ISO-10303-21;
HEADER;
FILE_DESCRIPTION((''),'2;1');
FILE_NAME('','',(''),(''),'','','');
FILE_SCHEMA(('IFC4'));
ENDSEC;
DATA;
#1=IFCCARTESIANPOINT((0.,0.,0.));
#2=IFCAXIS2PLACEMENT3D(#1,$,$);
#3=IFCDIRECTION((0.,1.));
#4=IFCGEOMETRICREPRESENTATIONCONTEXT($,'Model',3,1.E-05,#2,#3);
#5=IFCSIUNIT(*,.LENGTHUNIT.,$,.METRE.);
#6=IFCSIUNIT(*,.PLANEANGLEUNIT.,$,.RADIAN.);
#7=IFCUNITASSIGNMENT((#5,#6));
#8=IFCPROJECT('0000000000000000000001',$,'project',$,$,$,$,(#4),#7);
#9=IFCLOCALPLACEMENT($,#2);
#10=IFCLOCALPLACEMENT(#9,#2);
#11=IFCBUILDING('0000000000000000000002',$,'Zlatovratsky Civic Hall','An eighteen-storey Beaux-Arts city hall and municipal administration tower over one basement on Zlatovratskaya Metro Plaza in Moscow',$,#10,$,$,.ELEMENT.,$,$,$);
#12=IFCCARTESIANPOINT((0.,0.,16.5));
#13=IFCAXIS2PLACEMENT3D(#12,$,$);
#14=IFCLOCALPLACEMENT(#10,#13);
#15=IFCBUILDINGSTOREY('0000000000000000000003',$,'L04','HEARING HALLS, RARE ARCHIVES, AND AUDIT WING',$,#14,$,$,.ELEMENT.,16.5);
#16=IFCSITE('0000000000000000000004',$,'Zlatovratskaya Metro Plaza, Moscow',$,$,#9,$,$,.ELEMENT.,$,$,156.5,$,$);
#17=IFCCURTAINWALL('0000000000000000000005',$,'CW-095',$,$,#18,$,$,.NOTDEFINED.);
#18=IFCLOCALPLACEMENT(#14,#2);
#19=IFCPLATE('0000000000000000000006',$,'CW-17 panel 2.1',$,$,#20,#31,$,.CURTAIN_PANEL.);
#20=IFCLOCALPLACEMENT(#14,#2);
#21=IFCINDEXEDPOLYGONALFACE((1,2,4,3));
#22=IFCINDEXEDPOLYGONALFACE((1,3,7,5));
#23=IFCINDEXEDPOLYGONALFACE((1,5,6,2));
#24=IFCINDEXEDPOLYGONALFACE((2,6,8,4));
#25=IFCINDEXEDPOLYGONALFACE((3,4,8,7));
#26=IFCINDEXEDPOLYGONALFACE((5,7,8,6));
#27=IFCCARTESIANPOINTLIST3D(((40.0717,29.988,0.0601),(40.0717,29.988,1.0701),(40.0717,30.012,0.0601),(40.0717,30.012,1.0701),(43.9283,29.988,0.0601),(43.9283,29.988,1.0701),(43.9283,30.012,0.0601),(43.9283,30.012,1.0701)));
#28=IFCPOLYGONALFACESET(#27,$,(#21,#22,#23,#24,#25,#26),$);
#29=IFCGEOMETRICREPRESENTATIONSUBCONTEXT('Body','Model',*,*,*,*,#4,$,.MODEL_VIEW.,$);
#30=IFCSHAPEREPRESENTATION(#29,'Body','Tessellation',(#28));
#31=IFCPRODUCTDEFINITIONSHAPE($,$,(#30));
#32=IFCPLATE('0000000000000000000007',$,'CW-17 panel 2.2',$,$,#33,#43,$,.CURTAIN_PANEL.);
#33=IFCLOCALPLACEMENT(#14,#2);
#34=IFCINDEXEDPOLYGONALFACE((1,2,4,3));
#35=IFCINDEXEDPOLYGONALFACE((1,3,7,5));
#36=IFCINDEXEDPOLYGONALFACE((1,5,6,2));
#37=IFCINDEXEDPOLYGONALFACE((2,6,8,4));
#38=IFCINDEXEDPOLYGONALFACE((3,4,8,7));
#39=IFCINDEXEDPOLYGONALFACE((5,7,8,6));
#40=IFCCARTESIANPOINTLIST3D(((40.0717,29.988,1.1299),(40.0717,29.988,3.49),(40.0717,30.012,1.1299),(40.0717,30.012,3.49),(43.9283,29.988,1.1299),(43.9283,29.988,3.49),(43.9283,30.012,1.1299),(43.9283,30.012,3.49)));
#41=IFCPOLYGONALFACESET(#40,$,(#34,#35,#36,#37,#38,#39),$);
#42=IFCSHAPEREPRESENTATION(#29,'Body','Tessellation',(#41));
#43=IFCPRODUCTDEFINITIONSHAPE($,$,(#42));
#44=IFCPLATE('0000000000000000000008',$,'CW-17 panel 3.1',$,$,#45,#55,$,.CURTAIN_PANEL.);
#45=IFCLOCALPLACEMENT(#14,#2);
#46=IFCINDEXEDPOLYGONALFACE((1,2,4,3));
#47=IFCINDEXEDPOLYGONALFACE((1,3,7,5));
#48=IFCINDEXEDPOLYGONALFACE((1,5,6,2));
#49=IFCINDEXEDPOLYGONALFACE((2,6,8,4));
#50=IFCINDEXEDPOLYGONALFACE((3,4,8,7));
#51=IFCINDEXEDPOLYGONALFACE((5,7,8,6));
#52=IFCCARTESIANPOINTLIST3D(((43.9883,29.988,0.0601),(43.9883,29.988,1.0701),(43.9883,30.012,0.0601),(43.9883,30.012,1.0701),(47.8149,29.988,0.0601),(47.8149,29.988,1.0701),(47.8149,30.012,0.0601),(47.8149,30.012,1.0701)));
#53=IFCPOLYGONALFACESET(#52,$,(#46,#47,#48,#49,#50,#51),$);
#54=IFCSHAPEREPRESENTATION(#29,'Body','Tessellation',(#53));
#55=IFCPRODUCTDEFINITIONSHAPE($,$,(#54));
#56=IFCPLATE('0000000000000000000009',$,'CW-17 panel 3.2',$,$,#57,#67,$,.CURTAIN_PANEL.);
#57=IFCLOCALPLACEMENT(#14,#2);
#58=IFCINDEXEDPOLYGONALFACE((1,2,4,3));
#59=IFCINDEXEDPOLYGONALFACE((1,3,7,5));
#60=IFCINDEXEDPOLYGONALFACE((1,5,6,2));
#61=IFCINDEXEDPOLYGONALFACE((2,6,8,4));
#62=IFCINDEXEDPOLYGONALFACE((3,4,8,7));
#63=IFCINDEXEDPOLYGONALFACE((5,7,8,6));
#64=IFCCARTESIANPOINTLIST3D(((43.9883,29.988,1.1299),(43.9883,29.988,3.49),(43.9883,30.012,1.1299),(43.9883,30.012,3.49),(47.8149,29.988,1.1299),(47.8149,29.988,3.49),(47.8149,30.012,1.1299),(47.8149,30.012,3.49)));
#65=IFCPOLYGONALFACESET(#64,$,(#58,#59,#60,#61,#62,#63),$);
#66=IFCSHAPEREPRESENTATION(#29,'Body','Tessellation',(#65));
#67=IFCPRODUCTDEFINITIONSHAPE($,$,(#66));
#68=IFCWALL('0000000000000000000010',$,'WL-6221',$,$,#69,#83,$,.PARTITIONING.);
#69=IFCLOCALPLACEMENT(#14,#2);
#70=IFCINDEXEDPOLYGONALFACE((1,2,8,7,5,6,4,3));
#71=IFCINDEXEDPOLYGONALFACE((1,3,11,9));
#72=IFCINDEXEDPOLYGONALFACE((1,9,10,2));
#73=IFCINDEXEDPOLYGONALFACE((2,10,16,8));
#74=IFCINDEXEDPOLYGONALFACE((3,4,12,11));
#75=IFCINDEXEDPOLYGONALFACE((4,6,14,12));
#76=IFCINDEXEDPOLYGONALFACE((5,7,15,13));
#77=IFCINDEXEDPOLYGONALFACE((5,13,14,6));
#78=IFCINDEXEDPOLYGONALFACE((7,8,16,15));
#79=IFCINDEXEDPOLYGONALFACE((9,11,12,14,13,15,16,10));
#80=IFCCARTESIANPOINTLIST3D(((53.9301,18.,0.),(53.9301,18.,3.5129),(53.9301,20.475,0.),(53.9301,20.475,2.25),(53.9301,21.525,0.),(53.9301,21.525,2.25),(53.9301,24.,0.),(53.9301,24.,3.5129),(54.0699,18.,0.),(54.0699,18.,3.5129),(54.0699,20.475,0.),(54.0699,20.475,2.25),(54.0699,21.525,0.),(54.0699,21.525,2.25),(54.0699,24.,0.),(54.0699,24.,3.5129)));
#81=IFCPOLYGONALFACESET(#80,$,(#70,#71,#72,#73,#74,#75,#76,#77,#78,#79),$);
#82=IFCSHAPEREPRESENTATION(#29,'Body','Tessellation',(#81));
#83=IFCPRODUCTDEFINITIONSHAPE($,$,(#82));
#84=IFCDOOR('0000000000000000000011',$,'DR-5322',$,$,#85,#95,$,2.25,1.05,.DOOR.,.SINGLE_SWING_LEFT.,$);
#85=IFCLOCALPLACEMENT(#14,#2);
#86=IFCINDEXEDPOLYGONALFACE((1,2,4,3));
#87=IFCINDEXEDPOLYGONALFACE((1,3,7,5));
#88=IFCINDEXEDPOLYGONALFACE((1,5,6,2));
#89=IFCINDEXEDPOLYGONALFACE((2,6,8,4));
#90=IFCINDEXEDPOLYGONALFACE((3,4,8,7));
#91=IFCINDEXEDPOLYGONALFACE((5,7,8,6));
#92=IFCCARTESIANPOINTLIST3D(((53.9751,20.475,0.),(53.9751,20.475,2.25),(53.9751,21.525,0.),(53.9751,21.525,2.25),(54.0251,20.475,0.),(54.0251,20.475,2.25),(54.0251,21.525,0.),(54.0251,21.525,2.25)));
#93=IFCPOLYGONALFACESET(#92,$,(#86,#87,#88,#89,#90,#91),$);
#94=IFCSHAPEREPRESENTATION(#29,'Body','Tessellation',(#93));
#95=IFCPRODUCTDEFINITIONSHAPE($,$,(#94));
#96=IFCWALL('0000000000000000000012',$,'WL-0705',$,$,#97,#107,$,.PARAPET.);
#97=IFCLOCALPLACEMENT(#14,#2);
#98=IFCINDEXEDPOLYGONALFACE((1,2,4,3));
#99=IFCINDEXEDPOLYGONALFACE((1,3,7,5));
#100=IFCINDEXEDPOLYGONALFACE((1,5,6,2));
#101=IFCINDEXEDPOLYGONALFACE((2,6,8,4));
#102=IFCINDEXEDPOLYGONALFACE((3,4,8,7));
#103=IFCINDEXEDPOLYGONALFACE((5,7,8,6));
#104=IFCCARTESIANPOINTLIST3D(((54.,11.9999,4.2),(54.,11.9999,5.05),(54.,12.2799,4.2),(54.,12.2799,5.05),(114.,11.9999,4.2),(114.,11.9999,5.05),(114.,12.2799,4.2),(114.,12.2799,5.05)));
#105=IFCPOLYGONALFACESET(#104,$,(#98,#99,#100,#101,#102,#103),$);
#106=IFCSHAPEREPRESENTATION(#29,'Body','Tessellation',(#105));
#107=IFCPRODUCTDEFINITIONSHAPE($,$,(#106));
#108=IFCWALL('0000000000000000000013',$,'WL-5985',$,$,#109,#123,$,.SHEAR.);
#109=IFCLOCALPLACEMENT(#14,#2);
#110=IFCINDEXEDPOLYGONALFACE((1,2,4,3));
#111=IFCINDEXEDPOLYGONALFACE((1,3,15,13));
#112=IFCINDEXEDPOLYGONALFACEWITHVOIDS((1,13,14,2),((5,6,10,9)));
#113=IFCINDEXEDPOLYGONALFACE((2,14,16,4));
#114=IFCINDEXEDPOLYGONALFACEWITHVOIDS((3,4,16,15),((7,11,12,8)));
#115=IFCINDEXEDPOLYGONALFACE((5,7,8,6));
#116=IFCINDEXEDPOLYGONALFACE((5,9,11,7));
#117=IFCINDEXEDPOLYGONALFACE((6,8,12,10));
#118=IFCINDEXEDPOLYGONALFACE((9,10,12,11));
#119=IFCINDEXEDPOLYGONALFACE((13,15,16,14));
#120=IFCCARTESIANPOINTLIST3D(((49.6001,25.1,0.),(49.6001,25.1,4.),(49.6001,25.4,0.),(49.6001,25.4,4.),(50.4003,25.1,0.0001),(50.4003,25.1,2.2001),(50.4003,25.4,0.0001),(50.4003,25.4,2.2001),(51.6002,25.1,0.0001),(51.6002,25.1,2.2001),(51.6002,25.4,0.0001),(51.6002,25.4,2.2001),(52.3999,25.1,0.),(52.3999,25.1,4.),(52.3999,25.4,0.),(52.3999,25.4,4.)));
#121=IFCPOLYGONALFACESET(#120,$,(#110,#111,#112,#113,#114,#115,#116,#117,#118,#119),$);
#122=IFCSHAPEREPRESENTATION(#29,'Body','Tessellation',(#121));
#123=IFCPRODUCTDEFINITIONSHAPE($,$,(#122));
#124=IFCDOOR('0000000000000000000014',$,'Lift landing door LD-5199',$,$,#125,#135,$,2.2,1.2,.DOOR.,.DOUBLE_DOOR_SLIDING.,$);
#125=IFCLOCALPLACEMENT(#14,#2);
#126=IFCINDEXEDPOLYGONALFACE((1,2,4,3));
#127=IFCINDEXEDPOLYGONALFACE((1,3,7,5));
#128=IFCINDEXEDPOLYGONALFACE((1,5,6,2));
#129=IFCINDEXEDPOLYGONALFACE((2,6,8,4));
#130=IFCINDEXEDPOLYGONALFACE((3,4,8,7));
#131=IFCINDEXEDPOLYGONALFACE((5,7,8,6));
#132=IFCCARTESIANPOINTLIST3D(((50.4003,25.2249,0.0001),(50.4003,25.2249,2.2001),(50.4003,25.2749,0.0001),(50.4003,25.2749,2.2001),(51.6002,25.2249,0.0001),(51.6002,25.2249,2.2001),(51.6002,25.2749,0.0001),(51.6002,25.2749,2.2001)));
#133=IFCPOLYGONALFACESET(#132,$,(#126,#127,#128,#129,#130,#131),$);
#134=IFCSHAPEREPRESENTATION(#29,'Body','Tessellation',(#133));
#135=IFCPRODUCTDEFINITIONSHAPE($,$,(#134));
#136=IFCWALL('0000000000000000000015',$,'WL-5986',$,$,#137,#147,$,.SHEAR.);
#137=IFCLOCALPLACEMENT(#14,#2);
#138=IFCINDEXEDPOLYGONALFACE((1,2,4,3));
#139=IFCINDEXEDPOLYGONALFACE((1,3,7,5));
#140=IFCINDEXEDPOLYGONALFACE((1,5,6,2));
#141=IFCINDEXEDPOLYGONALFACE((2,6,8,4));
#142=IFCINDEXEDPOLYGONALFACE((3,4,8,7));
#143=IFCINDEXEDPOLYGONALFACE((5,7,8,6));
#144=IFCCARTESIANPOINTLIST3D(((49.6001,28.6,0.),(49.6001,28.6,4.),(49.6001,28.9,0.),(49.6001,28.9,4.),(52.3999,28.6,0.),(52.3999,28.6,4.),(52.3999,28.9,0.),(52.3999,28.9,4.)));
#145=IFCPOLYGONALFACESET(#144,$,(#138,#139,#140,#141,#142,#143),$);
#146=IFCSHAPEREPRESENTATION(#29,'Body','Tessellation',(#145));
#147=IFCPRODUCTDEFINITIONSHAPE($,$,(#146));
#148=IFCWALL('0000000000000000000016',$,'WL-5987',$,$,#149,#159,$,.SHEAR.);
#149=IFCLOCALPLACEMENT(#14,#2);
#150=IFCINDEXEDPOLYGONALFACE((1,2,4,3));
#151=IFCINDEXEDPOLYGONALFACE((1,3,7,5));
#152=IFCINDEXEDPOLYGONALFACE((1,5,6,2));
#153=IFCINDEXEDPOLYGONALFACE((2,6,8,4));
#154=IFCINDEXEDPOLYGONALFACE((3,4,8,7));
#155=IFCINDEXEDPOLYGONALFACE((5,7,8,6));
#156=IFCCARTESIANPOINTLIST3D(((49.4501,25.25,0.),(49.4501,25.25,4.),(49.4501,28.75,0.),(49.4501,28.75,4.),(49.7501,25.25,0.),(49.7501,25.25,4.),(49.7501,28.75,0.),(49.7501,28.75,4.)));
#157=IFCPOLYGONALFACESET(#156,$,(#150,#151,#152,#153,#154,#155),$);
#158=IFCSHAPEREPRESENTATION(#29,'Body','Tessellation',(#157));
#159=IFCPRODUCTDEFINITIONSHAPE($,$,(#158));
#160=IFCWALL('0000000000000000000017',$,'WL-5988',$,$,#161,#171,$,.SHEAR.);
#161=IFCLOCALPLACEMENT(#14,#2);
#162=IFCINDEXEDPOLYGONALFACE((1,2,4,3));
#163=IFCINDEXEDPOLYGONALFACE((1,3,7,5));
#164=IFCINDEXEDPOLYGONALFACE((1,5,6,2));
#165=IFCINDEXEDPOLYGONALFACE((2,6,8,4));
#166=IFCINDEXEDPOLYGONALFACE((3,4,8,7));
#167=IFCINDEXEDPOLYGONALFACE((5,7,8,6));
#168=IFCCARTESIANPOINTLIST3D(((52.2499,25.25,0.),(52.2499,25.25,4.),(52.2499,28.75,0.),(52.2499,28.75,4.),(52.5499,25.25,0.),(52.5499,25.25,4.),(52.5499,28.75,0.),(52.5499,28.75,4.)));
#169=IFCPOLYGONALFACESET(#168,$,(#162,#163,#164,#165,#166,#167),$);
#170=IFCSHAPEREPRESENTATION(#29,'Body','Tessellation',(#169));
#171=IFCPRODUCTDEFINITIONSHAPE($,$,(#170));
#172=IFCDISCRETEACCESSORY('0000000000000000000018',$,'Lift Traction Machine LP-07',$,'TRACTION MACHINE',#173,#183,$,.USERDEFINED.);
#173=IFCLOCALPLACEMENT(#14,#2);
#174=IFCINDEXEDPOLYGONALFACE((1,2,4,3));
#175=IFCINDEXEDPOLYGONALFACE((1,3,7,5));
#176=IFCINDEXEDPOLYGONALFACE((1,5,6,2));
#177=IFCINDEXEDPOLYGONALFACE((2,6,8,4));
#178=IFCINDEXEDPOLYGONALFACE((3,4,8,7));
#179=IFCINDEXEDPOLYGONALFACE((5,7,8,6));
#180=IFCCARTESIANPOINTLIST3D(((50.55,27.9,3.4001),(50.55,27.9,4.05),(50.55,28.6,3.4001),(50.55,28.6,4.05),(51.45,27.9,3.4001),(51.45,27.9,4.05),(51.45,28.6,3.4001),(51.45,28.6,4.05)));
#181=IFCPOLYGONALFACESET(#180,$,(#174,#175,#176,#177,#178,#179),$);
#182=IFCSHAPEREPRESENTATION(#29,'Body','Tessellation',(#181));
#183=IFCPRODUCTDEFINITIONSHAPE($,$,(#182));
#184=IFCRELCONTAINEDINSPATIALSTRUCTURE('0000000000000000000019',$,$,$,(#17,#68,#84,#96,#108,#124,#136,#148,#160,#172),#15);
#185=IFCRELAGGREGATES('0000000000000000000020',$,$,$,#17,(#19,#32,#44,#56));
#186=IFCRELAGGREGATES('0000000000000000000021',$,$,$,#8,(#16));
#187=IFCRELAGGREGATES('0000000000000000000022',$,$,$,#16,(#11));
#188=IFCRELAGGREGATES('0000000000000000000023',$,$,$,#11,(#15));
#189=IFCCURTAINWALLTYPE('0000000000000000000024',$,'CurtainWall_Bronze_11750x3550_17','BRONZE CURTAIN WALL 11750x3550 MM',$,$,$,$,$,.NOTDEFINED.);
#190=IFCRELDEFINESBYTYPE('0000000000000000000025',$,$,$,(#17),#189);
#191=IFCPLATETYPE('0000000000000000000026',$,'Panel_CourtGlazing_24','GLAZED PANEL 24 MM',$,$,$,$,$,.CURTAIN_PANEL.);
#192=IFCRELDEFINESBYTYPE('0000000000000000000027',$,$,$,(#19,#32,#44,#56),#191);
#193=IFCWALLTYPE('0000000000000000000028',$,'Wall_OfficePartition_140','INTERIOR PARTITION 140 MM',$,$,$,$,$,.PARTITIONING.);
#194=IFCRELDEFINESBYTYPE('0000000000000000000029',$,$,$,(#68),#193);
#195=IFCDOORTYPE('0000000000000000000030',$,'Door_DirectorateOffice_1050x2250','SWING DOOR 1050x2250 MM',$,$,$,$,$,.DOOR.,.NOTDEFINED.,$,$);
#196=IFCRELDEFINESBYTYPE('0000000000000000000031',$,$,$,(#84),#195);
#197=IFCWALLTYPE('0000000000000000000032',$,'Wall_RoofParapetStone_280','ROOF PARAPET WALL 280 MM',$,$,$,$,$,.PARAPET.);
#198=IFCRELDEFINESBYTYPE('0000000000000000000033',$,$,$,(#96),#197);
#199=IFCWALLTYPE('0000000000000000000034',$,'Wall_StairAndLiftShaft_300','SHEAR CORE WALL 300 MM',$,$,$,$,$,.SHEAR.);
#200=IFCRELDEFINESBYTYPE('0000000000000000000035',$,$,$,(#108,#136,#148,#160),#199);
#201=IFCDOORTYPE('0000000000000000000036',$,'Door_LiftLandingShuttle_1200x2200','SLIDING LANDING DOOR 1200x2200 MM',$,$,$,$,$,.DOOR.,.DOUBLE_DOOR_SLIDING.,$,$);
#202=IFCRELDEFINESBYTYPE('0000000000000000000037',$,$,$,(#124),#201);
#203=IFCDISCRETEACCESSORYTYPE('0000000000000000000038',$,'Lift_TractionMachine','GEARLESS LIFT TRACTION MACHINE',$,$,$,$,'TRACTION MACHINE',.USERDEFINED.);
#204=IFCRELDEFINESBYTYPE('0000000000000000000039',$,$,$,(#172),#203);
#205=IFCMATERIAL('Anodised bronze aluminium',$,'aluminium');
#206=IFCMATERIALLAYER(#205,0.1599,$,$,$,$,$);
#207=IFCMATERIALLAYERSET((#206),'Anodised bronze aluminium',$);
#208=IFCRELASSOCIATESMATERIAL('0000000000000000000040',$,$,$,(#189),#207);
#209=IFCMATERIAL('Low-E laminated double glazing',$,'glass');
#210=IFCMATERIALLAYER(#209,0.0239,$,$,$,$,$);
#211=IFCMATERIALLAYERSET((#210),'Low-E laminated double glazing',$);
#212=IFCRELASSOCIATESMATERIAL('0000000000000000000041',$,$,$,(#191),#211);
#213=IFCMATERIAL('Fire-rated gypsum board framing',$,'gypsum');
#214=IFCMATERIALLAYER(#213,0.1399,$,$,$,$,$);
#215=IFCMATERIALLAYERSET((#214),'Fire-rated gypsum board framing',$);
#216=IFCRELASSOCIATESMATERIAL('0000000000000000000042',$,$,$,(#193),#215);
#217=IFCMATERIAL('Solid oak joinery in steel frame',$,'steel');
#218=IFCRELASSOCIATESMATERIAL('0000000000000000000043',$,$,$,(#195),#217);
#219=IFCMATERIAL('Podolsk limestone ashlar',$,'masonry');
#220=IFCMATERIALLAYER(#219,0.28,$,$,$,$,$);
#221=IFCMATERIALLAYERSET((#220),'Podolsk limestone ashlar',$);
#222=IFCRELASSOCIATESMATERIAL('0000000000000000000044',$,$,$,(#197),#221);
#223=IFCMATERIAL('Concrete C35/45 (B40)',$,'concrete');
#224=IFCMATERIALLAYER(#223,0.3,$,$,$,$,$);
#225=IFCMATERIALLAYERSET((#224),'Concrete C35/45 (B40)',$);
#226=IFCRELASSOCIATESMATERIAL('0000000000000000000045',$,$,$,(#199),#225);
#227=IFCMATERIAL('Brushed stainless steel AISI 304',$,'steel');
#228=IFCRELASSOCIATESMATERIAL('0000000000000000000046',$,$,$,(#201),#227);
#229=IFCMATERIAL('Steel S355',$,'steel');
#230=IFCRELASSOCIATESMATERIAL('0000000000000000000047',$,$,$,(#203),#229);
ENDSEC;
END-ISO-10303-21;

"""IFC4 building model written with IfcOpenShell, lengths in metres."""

from ifc_helpers import new_model, si_unit, direction, frame, frame_2d, origin, origin_2d, place, context, subcontext, project, spatial, rectangle, extrude, material, layer, layer_set, type_object, element, fill, aggregate, save


model = new_model("IFC4")

# Units and contexts
model_context = context("Model", 3, precision=1e-05, world=origin(), true_north=direction((0.0, 1.0)))
body_context = subcontext(model_context, "Body", "Model", "MODEL_VIEW")
ifc_project = project(units=[si_unit("LENGTHUNIT", "METRE"), si_unit("PLANEANGLEUNIT", "RADIAN")], contexts=[model_context])

# Site, building, storey
site_placement = place(None, origin())
site = spatial("IfcSite", under=ifc_project, at=site_placement, Name="Zlatovratskaya Metro Plaza, Moscow", CompositionType="ELEMENT", RefElevation=156.5)
building_placement = place(site_placement, origin())
building = spatial("IfcBuilding", under=site, at=building_placement, Name="Zlatovratsky Civic Hall", Description="An eighteen-storey Beaux-Arts city hall and municipal administration tower over one basement on Zlatovratskaya Metro Plaza in Moscow", CompositionType="ELEMENT")
storey_placement = place(building_placement, frame((0.0, 0.0, 16.5)))
storey = spatial("IfcBuildingStorey", under=building, at=storey_placement, Name="L04", Description="HEARING HALLS, RARE ARCHIVES, AND AUDIT WING", CompositionType="ELEMENT", Elevation=16.5)

# Shared definitions
ifc_material_1 = material(Name="Steel S355", Category="steel")

# Curtain wall
ifc_material_2 = material(Name="Anodised bronze aluminium", Category="aluminium")
ifc_layer_1 = layer(ifc_material_2, 0.1599)
ifc_layer_set_1 = layer_set([ifc_layer_1], Name="Anodised bronze aluminium")
curtain_wall_type_1 = type_object("IfcCurtainWallType", Name="CurtainWall_Bronze_11750x3550_17", Description="BRONZE CURTAIN WALL 11750x3550 MM", PredefinedType="NOTDEFINED", material=ifc_layer_set_1)
curtain_wall_1_placement = place(storey_placement, origin())
curtain_wall_1 = element("IfcCurtainWall", 1, at=curtain_wall_1_placement, inside=storey, type_object=curtain_wall_type_1, Name="CW-095", PredefinedType="NOTDEFINED")

# Plates
ifc_material_3 = material(Name="Low-E laminated double glazing", Category="glass")
ifc_layer_2 = layer(ifc_material_3, 0.0239)
ifc_layer_set_2 = layer_set([ifc_layer_2], Name="Low-E laminated double glazing")
plate_type = type_object("IfcPlateType", Name="Panel_CourtGlazing_24", Description="GLAZED PANEL 24 MM", PredefinedType="CURTAIN_PANEL", material=ifc_layer_set_2)
plate_1_placement = place(storey_placement, frame((42.0, 30.0, 0.0601), z_axis=(0.0, 0.0, 1.0), x_axis=(1.0, 0.0, 0.0)))
plate_1 = element("IfcPlate", 2, at=plate_1_placement, type_object=plate_type, Name="CW-17 panel 2.1", PredefinedType="CURTAIN_PANEL", context=body_context, shape_type="SweptSolid", body=[
    extrude(rectangle(XDim=3.8567, YDim=0.0239, at=origin_2d()), origin(), (0.0, 0.0, 1.0), 1.01),
])
plate_2_placement = place(storey_placement, frame((42.0, 30.0, 1.1299), z_axis=(0.0, 0.0, 1.0), x_axis=(1.0, 0.0, 0.0)))
plate_2 = element("IfcPlate", 3, at=plate_2_placement, type_object=plate_type, Name="CW-17 panel 2.2", PredefinedType="CURTAIN_PANEL", context=body_context, shape_type="SweptSolid", body=[
    extrude(rectangle(XDim=3.8567, YDim=0.0239, at=origin_2d()), origin(), (0.0, 0.0, 1.0), 2.3601),
])
plate_3_placement = place(storey_placement, frame((45.9016, 30.0, 0.0601), z_axis=(0.0, 0.0, 1.0), x_axis=(1.0, 0.0, 0.0)))
plate_3 = element("IfcPlate", 4, at=plate_3_placement, type_object=plate_type, Name="CW-17 panel 3.1", PredefinedType="CURTAIN_PANEL", context=body_context, shape_type="SweptSolid", body=[
    extrude(rectangle(XDim=3.8267, YDim=0.0239, at=origin_2d()), origin(), (0.0, 0.0, 1.0), 1.01),
])
plate_4_placement = place(storey_placement, frame((45.9016, 30.0, 1.1299), z_axis=(0.0, 0.0, 1.0), x_axis=(1.0, 0.0, 0.0)))
plate_4 = element("IfcPlate", 5, at=plate_4_placement, type_object=plate_type, Name="CW-17 panel 3.2", PredefinedType="CURTAIN_PANEL", context=body_context, shape_type="SweptSolid", body=[
    extrude(rectangle(XDim=3.8267, YDim=0.0239, at=origin_2d()), origin(), (0.0, 0.0, 1.0), 2.3601),
])
aggregate(curtain_wall_1, [plate_1, plate_2, plate_3, plate_4])

# Wall, opening, door
ifc_material_4 = material(Name="Fire-rated gypsum board framing", Category="gypsum")
ifc_layer_3 = layer(ifc_material_4, 0.1399)
ifc_layer_set_3 = layer_set([ifc_layer_3], Name="Fire-rated gypsum board framing")
wall_type_1 = type_object("IfcWallType", Name="Wall_OfficePartition_140", Description="INTERIOR PARTITION 140 MM", PredefinedType="PARTITIONING", material=ifc_layer_set_3)
wall_1_placement = place(storey_placement, frame((54.0, 18.0, 0.0), z_axis=(0.0, 0.0, 1.0), x_axis=(0.0, 1.0, 0.0)))
wall_1 = element("IfcWall", 6, at=wall_1_placement, inside=storey, type_object=wall_type_1, Name="WL-6221", PredefinedType="PARTITIONING", context=body_context, shape_type="SweptSolid", body=[
    extrude(rectangle(XDim=6.0, YDim=0.1399, at=frame_2d((3.0, 0.0))), origin(), (0.0, 0.0, 1.0), 3.5129),
])
opening_1_placement = place(wall_1_placement, frame((2.4751, 0.0, 0.0)))
opening_1 = element("IfcOpeningElement", 7, at=opening_1_placement, cuts=wall_1, PredefinedType="OPENING", context=body_context, shape_type="SweptSolid", body=[
    extrude(rectangle(XDim=1.05, YDim=2.25, at=frame_2d((0.5249, 1.125))), frame((0.0, 0.085, 0.0), z_axis=(0.0, -1.0, 0.0), x_axis=(1.0, 0.0, 0.0)), (0.0, 0.0, 1.0), 0.1697),
])
ifc_material_5 = material(Name="Solid oak joinery in steel frame", Category="steel")
door_type_1 = type_object("IfcDoorType", Name="Door_DirectorateOffice_1050x2250", Description="SWING DOOR 1050x2250 MM", OperationType="NOTDEFINED", PredefinedType="DOOR", material=ifc_material_5)
door_1_placement = place(opening_1_placement, origin())
door_1 = element("IfcDoor", 8, at=door_1_placement, inside=storey, type_object=door_type_1, Name="DR-5322", OperationType="SINGLE_SWING_LEFT", OverallHeight=2.25, OverallWidth=1.05, PredefinedType="DOOR", context=body_context, shape_type="SweptSolid", body=[
    extrude(rectangle(XDim=1.05, YDim=2.25, at=frame_2d((0.5249, 1.125))), frame((0.0, 0.0249, 0.0), z_axis=(0.0, -1.0, 0.0), x_axis=(1.0, 0.0, 0.0)), (0.0, 0.0, 1.0), 0.05),
])
fill(opening_1, door_1)

# Wall
ifc_material_6 = material(Name="Podolsk limestone ashlar", Category="masonry")
ifc_layer_4 = layer(ifc_material_6, 0.28)
ifc_layer_set_4 = layer_set([ifc_layer_4], Name="Podolsk limestone ashlar")
wall_type_2 = type_object("IfcWallType", Name="Wall_RoofParapetStone_280", Description="ROOF PARAPET WALL 280 MM", PredefinedType="PARAPET", material=ifc_layer_set_4)
wall_2_placement = place(storey_placement, frame((54.0, 12.1399, 4.2), z_axis=(0.0, 0.0, 1.0), x_axis=(1.0, 0.0, 0.0)))
element("IfcWall", 9, at=wall_2_placement, inside=storey, type_object=wall_type_2, Name="WL-0705", PredefinedType="PARAPET", context=body_context, shape_type="SweptSolid", body=[
    extrude(rectangle(XDim=60.0, YDim=0.28, at=frame_2d((30.0, 0.0))), origin(), (0.0, 0.0, 1.0), 0.8501),
])

# Wall, opening, door
ifc_material_7 = material(Name="Concrete C35/45 (B40)", Category="concrete")
ifc_layer_5 = layer(ifc_material_7, 0.3)
ifc_layer_set_5 = layer_set([ifc_layer_5], Name="Concrete C35/45 (B40)")
wall_type_3 = type_object("IfcWallType", Name="Wall_StairAndLiftShaft_300", Description="SHEAR CORE WALL 300 MM", PredefinedType="SHEAR", material=ifc_layer_set_5)
wall_3_placement = place(storey_placement, frame((49.6001, 25.25, 0.0), z_axis=(0.0, 0.0, 1.0), x_axis=(1.0, 0.0, 0.0)))
wall_3 = element("IfcWall", 10, at=wall_3_placement, inside=storey, type_object=wall_type_3, Name="WL-5985", PredefinedType="SHEAR", context=body_context, shape_type="SweptSolid", body=[
    extrude(rectangle(XDim=2.7998, YDim=0.3, at=frame_2d((1.3999, 0.0))), origin(), (0.0, 0.0, 1.0), 4.0),
])
opening_2_placement = place(wall_3_placement, frame((0.8, 0.0, 0.0)))
opening_2 = element("IfcOpeningElement", 11, at=opening_2_placement, cuts=wall_3, PredefinedType="OPENING", context=body_context, shape_type="SweptSolid", body=[
    extrude(rectangle(XDim=1.2, YDim=2.2, at=frame_2d((0.6001, 1.1001))), frame((0.0, 0.165, 0.0), z_axis=(0.0, -1.0, 0.0), x_axis=(1.0, 0.0, 0.0)), (0.0, 0.0, 1.0), 0.3298),
])
ifc_material_8 = material(Name="Brushed stainless steel AISI 304", Category="steel")
door_type_2 = type_object("IfcDoorType", Name="Door_LiftLandingShuttle_1200x2200", Description="SLIDING LANDING DOOR 1200x2200 MM", OperationType="DOUBLE_DOOR_SLIDING", PredefinedType="DOOR", material=ifc_material_8)
door_2_placement = place(opening_2_placement, origin())
door_2 = element("IfcDoor", 12, at=door_2_placement, inside=storey, type_object=door_type_2, Name="Lift landing door LD-5199", OperationType="DOUBLE_DOOR_SLIDING", OverallHeight=2.2, OverallWidth=1.2, PredefinedType="DOOR", context=body_context, shape_type="SweptSolid", body=[
    extrude(rectangle(XDim=1.2, YDim=2.2, at=frame_2d((0.6001, 1.1001))), frame((0.0, 0.0249, 0.0), z_axis=(0.0, -1.0, 0.0), x_axis=(1.0, 0.0, 0.0)), (0.0, 0.0, 1.0), 0.05),
])
fill(opening_2, door_2)

# Walls
wall_4_placement = place(storey_placement, frame((49.6001, 28.75, 0.0), z_axis=(0.0, 0.0, 1.0), x_axis=(1.0, 0.0, 0.0)))
element("IfcWall", 13, at=wall_4_placement, inside=storey, type_object=wall_type_3, Name="WL-5986", PredefinedType="SHEAR", context=body_context, shape_type="SweptSolid", body=[
    extrude(rectangle(XDim=2.7998, YDim=0.3, at=frame_2d((1.3999, 0.0))), origin(), (0.0, 0.0, 1.0), 4.0),
])
for number, where, z_axis, x_axis, name in (
    (14, (49.6001, 25.25, 0.0), (0.0, 0.0, 1.0), (0.0, 1.0, 0.0), "WL-5987"),
    (15, (52.3999, 25.25, 0.0), (0.0, 0.0, 1.0), (0.0, 1.0, 0.0), "WL-5988"),
):
    element("IfcWall", number, at=place(storey_placement, frame(where, z_axis=z_axis, x_axis=x_axis)), inside=storey, type_object=wall_type_3, Name=name, PredefinedType="SHEAR", context=body_context, shape_type="SweptSolid", body=[
        extrude(rectangle(XDim=3.5, YDim=0.3, at=frame_2d((1.75, 0.0))), origin(), (0.0, 0.0, 1.0), 4.0),
    ])

# Discrete accessory
discrete_accessory_type = type_object("IfcDiscreteAccessoryType", Name="Lift_TractionMachine", Description="GEARLESS LIFT TRACTION MACHINE", ElementType="TRACTION MACHINE", PredefinedType="USERDEFINED", material=ifc_material_1)
discrete_accessory_placement = place(storey_placement, frame((51.0, 28.25, 3.4001), z_axis=(0.0, 0.0, 1.0), x_axis=(1.0, 0.0, 0.0)))
element("IfcDiscreteAccessory", 16, at=discrete_accessory_placement, inside=storey, type_object=discrete_accessory_type, Name="Lift Traction Machine LP-07", ObjectType="TRACTION MACHINE", PredefinedType="USERDEFINED", context=body_context, shape_type="SweptSolid", body=[
    extrude(rectangle(XDim=0.8999, YDim=0.7, at=origin_2d()), origin(), (0.0, 0.0, 1.0), 0.6499),
])

save(model, "model.ifc")
